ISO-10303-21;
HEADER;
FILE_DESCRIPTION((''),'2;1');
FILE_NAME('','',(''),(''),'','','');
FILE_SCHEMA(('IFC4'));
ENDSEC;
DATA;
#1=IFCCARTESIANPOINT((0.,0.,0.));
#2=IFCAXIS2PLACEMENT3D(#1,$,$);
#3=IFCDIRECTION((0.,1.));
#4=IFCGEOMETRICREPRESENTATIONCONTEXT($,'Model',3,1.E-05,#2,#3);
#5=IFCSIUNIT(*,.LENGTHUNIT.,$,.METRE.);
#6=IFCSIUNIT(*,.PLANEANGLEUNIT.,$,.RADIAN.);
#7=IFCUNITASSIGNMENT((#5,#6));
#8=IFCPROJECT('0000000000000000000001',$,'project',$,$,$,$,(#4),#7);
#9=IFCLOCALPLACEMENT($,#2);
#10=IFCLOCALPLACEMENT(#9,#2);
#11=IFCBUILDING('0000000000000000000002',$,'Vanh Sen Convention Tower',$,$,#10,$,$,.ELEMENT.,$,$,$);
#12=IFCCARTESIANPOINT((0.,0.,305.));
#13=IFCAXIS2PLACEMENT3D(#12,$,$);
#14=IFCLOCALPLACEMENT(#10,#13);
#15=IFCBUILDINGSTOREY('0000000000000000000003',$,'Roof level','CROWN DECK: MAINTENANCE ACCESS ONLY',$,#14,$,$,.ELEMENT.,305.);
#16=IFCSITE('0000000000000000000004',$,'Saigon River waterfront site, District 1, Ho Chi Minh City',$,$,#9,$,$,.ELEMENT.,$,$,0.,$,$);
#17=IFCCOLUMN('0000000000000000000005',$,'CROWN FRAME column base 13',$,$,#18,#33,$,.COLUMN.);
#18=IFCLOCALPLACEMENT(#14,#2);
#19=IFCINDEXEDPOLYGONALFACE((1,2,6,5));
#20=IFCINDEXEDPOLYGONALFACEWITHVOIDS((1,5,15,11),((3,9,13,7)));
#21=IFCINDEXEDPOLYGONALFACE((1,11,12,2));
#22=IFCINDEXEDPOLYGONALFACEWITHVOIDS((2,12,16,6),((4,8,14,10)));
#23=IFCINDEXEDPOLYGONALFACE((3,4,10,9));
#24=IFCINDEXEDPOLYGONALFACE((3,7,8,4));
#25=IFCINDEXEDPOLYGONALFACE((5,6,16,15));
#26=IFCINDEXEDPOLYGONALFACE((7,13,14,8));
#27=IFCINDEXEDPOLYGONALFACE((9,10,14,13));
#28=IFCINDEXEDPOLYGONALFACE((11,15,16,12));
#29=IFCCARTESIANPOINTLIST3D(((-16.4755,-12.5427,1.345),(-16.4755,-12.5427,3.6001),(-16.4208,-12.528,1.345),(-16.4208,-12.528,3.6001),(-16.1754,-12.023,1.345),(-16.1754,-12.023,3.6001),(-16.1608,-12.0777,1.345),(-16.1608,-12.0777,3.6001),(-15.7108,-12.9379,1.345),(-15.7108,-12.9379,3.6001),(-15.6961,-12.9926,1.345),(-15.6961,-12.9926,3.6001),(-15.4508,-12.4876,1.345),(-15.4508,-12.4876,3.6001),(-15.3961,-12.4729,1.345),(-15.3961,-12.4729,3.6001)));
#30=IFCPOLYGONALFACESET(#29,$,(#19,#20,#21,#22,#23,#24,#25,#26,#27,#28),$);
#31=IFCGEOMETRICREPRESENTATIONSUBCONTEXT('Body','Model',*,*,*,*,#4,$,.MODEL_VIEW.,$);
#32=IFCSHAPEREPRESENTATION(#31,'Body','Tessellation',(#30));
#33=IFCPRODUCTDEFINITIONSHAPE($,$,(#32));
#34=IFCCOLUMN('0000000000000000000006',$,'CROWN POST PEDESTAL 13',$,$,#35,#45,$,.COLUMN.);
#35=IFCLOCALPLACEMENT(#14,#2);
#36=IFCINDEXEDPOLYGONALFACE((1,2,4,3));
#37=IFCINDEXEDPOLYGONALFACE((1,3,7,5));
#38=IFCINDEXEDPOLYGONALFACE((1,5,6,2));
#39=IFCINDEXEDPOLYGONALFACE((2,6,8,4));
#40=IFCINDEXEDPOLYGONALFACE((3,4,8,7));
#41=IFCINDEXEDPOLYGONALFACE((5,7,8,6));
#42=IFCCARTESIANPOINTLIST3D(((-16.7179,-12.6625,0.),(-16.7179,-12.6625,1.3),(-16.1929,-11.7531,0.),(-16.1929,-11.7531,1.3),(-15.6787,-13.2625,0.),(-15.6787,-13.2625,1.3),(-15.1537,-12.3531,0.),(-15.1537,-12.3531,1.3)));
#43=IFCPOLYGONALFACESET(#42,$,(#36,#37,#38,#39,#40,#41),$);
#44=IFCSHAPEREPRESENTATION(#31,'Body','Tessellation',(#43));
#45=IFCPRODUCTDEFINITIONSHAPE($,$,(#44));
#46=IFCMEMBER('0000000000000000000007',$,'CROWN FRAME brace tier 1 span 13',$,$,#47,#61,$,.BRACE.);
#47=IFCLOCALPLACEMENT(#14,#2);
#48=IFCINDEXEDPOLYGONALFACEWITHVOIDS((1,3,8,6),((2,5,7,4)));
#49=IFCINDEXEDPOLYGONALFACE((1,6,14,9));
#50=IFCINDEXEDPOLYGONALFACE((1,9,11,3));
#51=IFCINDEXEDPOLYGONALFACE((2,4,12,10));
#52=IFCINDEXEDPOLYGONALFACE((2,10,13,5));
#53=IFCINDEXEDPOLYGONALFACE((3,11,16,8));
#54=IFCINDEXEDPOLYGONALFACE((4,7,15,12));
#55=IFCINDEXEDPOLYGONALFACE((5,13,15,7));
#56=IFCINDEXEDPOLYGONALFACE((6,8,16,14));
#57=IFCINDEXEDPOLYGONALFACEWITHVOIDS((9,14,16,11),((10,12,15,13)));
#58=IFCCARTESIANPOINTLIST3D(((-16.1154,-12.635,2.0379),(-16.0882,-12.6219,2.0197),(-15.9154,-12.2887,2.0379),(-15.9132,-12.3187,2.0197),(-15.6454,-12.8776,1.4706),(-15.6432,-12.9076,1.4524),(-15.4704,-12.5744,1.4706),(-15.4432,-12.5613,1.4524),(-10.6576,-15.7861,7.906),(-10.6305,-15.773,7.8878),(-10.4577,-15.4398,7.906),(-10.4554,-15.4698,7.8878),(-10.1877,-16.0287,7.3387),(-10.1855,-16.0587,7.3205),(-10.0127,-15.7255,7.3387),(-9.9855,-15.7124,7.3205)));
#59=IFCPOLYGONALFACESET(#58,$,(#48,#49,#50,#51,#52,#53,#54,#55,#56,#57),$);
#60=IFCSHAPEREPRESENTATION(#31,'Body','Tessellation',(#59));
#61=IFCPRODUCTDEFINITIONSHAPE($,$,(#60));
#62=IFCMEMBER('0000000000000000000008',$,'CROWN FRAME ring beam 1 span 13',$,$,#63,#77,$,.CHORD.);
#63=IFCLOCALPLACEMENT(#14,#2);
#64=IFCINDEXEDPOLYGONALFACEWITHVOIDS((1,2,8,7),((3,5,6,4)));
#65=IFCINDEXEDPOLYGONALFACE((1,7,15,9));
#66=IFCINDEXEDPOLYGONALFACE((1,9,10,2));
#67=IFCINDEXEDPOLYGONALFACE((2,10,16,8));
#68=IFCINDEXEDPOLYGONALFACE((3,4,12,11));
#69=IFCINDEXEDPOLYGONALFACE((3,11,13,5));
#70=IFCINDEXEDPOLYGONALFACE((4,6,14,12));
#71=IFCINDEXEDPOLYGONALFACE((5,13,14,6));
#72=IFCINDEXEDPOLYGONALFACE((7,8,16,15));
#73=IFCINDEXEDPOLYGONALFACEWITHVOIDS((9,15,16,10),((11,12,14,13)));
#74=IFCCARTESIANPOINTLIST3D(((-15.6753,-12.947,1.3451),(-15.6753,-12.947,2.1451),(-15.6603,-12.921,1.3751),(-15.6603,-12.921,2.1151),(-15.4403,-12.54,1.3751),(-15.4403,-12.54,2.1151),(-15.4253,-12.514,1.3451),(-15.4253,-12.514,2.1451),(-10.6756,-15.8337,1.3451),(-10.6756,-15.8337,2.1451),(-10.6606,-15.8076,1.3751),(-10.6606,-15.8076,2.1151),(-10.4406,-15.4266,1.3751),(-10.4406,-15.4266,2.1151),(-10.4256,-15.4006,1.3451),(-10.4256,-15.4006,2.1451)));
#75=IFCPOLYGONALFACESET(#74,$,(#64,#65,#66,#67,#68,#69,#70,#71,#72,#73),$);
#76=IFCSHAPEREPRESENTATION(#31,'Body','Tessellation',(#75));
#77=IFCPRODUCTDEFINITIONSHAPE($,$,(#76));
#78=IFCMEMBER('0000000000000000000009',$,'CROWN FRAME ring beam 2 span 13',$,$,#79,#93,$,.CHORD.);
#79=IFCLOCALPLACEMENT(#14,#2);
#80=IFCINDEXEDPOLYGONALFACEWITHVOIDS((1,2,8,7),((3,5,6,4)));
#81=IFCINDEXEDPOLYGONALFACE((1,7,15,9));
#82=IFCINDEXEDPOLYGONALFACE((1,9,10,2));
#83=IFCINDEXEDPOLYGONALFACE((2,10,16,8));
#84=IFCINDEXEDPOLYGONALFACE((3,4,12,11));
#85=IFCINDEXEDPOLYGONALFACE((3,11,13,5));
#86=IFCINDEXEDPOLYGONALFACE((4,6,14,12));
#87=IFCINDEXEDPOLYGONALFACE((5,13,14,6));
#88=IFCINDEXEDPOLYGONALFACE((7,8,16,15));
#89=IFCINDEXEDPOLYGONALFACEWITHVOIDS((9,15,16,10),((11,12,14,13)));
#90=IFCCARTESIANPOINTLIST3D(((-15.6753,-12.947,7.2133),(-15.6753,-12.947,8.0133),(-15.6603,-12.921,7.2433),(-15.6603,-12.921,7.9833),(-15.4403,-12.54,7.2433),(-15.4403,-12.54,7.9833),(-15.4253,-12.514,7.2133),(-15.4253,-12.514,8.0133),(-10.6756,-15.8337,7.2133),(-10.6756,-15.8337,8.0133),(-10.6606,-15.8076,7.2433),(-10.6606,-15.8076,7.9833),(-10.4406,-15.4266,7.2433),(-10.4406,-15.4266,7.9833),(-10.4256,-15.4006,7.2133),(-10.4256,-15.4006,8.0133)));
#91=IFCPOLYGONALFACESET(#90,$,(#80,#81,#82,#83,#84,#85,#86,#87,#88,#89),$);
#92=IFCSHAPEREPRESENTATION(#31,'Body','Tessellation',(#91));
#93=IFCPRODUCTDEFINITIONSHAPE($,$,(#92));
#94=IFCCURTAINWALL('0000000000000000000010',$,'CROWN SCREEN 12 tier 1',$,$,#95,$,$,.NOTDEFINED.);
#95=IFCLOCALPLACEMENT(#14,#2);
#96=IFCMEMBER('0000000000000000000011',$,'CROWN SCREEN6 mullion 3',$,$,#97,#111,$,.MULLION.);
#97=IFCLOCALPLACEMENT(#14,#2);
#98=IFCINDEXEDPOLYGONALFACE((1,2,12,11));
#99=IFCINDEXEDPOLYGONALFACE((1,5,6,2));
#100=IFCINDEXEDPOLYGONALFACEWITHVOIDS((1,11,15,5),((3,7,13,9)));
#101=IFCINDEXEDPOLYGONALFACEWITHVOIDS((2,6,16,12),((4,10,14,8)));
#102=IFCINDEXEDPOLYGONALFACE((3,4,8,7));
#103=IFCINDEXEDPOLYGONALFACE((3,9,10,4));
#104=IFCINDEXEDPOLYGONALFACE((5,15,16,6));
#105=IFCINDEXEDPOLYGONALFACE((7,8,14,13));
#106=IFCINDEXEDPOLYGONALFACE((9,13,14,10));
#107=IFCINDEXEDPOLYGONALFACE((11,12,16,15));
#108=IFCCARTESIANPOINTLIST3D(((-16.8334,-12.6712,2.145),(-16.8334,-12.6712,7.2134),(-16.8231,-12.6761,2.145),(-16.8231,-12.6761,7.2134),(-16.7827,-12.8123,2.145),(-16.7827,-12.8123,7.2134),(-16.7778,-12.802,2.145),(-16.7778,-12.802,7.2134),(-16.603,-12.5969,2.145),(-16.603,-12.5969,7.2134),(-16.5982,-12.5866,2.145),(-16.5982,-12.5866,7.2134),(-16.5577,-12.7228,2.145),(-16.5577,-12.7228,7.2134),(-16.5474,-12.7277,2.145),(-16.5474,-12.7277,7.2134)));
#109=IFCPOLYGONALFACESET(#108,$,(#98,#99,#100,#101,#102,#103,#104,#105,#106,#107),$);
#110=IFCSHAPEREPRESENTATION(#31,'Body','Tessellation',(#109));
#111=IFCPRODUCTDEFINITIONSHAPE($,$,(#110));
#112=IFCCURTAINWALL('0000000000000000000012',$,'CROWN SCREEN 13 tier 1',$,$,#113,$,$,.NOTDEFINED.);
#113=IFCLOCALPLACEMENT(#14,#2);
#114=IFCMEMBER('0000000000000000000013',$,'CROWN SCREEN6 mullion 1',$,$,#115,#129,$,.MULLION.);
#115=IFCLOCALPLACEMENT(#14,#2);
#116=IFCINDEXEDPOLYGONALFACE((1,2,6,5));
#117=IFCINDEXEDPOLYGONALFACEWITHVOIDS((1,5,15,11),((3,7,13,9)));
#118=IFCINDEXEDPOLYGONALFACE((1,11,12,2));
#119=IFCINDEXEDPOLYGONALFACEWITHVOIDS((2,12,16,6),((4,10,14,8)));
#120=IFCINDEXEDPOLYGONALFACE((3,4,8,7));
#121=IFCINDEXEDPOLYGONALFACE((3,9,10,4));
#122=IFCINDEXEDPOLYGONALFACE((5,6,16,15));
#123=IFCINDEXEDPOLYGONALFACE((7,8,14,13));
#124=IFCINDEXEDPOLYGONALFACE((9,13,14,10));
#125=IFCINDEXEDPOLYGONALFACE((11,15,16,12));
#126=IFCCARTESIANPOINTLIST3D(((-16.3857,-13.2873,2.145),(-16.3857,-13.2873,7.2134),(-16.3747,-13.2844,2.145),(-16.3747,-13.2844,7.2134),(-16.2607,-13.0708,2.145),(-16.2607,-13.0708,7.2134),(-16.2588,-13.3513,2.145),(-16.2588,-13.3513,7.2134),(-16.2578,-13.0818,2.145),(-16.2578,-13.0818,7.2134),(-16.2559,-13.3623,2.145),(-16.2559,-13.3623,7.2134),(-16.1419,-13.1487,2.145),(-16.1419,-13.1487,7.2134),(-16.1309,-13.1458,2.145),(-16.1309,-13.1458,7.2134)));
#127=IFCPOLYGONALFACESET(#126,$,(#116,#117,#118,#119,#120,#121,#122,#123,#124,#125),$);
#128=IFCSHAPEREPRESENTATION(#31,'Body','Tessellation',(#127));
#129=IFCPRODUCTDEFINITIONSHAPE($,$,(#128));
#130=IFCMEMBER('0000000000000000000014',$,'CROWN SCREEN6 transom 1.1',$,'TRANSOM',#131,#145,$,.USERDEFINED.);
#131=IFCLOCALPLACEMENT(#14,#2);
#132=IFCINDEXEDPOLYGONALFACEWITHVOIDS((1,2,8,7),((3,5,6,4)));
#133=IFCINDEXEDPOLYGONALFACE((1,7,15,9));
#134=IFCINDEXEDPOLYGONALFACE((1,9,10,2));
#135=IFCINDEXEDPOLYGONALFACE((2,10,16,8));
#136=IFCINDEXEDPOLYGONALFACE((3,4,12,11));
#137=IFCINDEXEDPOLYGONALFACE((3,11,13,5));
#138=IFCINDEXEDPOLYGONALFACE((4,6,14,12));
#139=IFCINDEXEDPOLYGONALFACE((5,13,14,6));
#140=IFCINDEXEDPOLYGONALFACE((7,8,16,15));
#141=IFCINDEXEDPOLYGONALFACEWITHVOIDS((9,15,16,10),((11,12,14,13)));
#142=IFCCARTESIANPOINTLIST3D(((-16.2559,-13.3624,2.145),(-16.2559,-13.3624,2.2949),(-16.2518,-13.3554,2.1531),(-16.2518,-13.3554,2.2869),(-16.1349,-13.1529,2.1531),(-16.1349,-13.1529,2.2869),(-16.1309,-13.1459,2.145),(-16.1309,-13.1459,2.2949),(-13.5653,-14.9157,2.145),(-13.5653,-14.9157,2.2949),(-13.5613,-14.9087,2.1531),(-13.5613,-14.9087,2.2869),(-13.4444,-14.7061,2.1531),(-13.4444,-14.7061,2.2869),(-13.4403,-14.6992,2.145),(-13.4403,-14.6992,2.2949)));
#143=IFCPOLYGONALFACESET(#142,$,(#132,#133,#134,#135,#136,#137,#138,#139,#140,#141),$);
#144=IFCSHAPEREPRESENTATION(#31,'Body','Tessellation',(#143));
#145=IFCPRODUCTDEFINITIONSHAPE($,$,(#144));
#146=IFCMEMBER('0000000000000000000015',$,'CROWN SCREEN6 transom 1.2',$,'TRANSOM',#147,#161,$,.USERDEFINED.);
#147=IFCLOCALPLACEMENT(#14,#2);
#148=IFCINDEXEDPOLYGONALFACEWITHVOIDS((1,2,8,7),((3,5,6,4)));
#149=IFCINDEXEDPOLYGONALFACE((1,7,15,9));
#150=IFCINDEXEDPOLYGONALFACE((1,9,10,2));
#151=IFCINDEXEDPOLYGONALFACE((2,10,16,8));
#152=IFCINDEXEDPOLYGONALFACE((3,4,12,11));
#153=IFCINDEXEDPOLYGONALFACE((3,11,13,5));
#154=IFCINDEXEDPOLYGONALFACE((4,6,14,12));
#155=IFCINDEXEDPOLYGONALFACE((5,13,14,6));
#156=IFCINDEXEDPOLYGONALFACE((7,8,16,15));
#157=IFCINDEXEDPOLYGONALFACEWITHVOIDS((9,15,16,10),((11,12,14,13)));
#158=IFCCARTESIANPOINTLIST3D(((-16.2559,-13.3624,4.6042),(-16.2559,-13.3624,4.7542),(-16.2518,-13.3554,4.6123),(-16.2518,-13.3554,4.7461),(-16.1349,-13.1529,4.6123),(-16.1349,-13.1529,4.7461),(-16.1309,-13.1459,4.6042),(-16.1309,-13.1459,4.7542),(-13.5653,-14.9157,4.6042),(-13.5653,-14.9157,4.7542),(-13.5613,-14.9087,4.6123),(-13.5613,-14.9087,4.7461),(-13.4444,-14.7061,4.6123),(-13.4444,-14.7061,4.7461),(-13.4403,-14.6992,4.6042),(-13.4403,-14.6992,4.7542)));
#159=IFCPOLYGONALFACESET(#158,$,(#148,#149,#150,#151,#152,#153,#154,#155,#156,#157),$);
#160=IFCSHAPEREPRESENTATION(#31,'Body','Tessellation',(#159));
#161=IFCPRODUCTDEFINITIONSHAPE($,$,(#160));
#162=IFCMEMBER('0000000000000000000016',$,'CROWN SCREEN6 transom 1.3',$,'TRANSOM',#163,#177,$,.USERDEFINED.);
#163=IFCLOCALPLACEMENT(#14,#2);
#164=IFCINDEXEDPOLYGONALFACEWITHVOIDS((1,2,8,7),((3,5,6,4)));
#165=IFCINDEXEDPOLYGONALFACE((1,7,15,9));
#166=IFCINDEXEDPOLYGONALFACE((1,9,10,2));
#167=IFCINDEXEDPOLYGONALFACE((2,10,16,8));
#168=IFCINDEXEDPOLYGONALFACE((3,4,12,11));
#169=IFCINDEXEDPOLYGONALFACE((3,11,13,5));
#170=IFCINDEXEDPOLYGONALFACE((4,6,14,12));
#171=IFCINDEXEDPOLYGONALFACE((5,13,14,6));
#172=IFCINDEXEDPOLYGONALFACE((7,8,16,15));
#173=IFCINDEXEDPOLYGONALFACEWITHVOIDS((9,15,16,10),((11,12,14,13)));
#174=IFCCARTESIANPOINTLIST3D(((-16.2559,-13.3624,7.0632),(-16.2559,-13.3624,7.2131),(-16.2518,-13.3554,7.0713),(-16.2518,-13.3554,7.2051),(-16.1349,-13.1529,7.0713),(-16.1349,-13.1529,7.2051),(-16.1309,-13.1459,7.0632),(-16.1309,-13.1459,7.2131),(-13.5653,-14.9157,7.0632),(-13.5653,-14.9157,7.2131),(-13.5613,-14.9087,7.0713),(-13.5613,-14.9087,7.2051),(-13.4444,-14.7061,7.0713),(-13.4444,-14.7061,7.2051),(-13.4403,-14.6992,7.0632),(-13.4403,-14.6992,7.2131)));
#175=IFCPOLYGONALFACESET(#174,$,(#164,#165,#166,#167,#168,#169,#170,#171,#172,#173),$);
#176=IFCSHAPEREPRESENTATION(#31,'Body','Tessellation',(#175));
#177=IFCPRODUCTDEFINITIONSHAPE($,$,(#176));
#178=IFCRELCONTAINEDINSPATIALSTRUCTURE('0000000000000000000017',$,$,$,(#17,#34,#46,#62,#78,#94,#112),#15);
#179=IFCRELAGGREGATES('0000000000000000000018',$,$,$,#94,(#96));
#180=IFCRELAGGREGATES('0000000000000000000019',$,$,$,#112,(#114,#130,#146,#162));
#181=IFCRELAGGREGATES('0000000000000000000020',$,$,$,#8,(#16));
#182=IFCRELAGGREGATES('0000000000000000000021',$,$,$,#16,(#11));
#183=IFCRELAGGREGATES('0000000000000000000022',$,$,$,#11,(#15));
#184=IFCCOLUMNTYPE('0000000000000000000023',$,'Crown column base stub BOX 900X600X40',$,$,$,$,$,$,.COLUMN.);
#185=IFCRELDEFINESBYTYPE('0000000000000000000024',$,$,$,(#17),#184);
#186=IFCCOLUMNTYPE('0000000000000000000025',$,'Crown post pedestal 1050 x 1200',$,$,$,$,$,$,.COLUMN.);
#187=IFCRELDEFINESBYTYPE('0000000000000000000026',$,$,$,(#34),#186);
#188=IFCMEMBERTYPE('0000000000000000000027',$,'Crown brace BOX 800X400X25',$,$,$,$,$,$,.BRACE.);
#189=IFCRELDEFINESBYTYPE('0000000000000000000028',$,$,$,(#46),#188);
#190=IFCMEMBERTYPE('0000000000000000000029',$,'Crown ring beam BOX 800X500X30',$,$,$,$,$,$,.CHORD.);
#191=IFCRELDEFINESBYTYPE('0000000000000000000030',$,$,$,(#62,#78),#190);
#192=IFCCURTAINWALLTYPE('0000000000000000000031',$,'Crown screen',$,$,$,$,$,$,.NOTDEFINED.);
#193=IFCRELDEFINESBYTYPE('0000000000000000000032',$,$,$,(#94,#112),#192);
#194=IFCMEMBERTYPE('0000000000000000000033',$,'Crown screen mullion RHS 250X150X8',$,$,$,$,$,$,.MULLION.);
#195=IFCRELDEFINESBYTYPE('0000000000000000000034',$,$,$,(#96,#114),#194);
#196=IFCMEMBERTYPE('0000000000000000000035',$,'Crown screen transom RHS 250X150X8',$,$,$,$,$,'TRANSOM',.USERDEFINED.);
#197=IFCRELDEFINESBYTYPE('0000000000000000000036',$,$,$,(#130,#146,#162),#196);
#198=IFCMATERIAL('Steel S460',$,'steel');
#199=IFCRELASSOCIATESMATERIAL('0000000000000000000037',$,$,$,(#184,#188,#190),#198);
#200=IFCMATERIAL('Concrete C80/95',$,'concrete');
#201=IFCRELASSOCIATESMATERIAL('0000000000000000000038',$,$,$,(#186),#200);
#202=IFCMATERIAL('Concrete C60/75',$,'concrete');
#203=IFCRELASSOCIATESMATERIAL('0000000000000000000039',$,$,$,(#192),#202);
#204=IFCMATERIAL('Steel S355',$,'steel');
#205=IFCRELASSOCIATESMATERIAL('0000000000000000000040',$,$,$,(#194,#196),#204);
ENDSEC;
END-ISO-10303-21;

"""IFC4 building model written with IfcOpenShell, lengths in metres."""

from ifc_helpers import new_model, si_unit, direction, frame, origin, origin_2d, place, context, subcontext, project, spatial, rectangle, hollow_rectangle, extrude, material, material_profile, profile_set, type_object, element, aggregate, save


model = new_model("IFC4")

# Units and contexts
model_context = context("Model", 3, precision=1e-05, world=origin(), true_north=direction((0.0, 1.0)))
body_context = subcontext(model_context, "Body", "Model", "MODEL_VIEW")
ifc_project = project(units=[si_unit("LENGTHUNIT", "METRE"), si_unit("PLANEANGLEUNIT", "RADIAN")], contexts=[model_context])

# Site, building, storey
site_placement = place(None, origin())
site = spatial("IfcSite", under=ifc_project, at=site_placement, Name="Saigon River waterfront site, District 1, Ho Chi Minh City", CompositionType="ELEMENT", RefElevation=0.0)
building_placement = place(site_placement, origin())
building = spatial("IfcBuilding", under=site, at=building_placement, Name="Vanh Sen Convention Tower", CompositionType="ELEMENT")
storey_placement = place(building_placement, frame((0.0, 0.0, 305.0)))
storey = spatial("IfcBuildingStorey", under=building, at=storey_placement, Name="Roof level", Description="CROWN DECK: MAINTENANCE ACCESS ONLY", CompositionType="ELEMENT", Elevation=305.0)

# Columns
ifc_material_1 = material(Name="Steel S460", Category="steel")
ifc_material_profile_1 = material_profile(ifc_material_1, hollow_rectangle(XDim=0.6001, YDim=0.8999, WallThickness=0.04, at=origin_2d()), Name="BOX 900X600X40")
ifc_profile_set_1 = profile_set([ifc_material_profile_1], Name="Steel S460")
column_type_1 = type_object("IfcColumnType", Name="Crown column base stub BOX 900X600X40", PredefinedType="COLUMN", material=ifc_profile_set_1)
column_1_placement = place(storey_placement, frame((-15.9358, -12.5078, 1.345), z_axis=(0.0, 0.0, 1.0), x_axis=(0.5, 0.866025, 0.0)))
element("IfcColumn", 1, at=column_1_placement, inside=storey, type_object=column_type_1, Name="CROWN FRAME column base 13", PredefinedType="COLUMN", context=body_context, shape_type="SweptSolid", body=[
    extrude(hollow_rectangle(XDim=0.6001, YDim=0.8999, WallThickness=0.04, at=origin_2d()), origin(), (0.0, 0.0, 1.0), 2.2551),
])
ifc_material_2 = material(Name="Concrete C80/95", Category="concrete")
ifc_material_profile_2 = material_profile(ifc_material_2, rectangle(XDim=1.05, YDim=1.2, at=origin_2d()), Name="RC 1050X1200")
ifc_profile_set_2 = profile_set([ifc_material_profile_2], Name="Concrete C80/95")
column_type_2 = type_object("IfcColumnType", Name="Crown post pedestal 1050 x 1200", PredefinedType="COLUMN", material=ifc_profile_set_2)
column_2_placement = place(storey_placement, frame((-15.9358, -12.5078, 0.0), z_axis=(0.0, 0.0, 1.0), x_axis=(0.5, 0.866025, 0.0)))
element("IfcColumn", 2, at=column_2_placement, inside=storey, type_object=column_type_2, Name="CROWN POST PEDESTAL 13", PredefinedType="COLUMN", context=body_context, shape_type="SweptSolid", body=[
    extrude(rectangle(XDim=1.05, YDim=1.2, at=origin_2d()), origin(), (0.0, 0.0, 1.0), 1.3),
])

# Members
ifc_material_profile_3 = material_profile(ifc_material_1, hollow_rectangle(XDim=0.3999, YDim=0.8, WallThickness=0.0249, at=origin_2d()), Name="BOX 800X400X25")
ifc_profile_set_3 = profile_set([ifc_material_profile_3], Name="Steel S460")
member_type_1 = type_object("IfcMemberType", Name="Crown brace BOX 800X400X25", PredefinedType="BRACE", material=ifc_profile_set_3)
member_1_placement = place(storey_placement, frame((-15.7793, -12.5981, 1.7451), z_axis=(0.633801, -0.365935, 0.68146), x_axis=(0.50001, 0.86602, 0.0)))
element("IfcMember", 3, at=member_1_placement, inside=storey, type_object=member_type_1, Name="CROWN FRAME brace tier 1 span 13", PredefinedType="BRACE", context=body_context, shape_type="SweptSolid", body=[
    extrude(hollow_rectangle(XDim=0.3999, YDim=0.8, WallThickness=0.0249, at=origin_2d()), origin(), (0.0, 0.0, 1.0), 8.6111),
])
ifc_material_profile_4 = material_profile(ifc_material_1, hollow_rectangle(XDim=0.5, YDim=0.8, WallThickness=0.03, at=origin_2d()), Name="BOX 800X500X30")
ifc_profile_set_4 = profile_set([ifc_material_profile_4], Name="Steel S460")
member_type_2 = type_object("IfcMemberType", Name="Crown ring beam BOX 800X500X30", PredefinedType="CHORD", material=ifc_profile_set_4)
for number, where, z_axis, x_axis, name in (
    (4, (-15.5503, -12.7305, 1.7451), (0.866017, -0.500014, 0.0), (0.500014, 0.866017, 0.0), "CROWN FRAME ring beam 1 span 13"),
    (5, (-15.5503, -12.7305, 7.6133), (0.866017, -0.500014, 0.0), (0.500014, 0.866017, 0.0), "CROWN FRAME ring beam 2 span 13"),
):
    element("IfcMember", number, at=place(storey_placement, frame(where, z_axis=z_axis, x_axis=x_axis)), inside=storey, type_object=member_type_2, Name=name, PredefinedType="CHORD", context=body_context, shape_type="SweptSolid", body=[
        extrude(hollow_rectangle(XDim=0.5, YDim=0.8, WallThickness=0.03, at=origin_2d()), origin(), (0.0, 0.0, 1.0), 5.7732),
    ])

# Curtain wall, member
ifc_material_3 = material(Name="Concrete C60/75", Category="concrete")
curtain_wall_type = type_object("IfcCurtainWallType", Name="Crown screen", PredefinedType="NOTDEFINED", material=ifc_material_3)
curtain_wall_1_placement = place(storey_placement, origin())
curtain_wall_1 = element("IfcCurtainWall", 6, at=curtain_wall_1_placement, inside=storey, type_object=curtain_wall_type, Name="CROWN SCREEN 12 tier 1", PredefinedType="NOTDEFINED")
ifc_material_4 = material(Name="Steel S355", Category="steel")
ifc_material_profile_5 = material_profile(ifc_material_4, hollow_rectangle(XDim=0.25, YDim=0.1499, WallThickness=0.0081, at=origin_2d()), Name="RHS 250X150X8")
ifc_profile_set_5 = profile_set([ifc_material_profile_5], Name="Steel S355")
member_type_3 = type_object("IfcMemberType", Name="Crown screen mullion RHS 250X150X8", PredefinedType="MULLION", material=ifc_profile_set_5)
member_2_placement = place(storey_placement, frame((-16.6904, -12.6995, 2.145), z_axis=(0.0, 0.0, 1.0), x_axis=(0.941021, 0.338349, 0.0)))
member_2 = element("IfcMember", 7, at=member_2_placement, type_object=member_type_3, Name="CROWN SCREEN6 mullion 3", PredefinedType="MULLION", context=body_context, shape_type="SweptSolid", body=[
    extrude(hollow_rectangle(XDim=0.25, YDim=0.1499, WallThickness=0.0081, at=origin_2d()), origin(), (0.0, 0.0, 1.0), 5.0684),
])
aggregate(curtain_wall_1, [member_2])

# Curtain wall, members
curtain_wall_2_placement = place(storey_placement, origin())
curtain_wall_2 = element("IfcCurtainWall", 8, at=curtain_wall_2_placement, inside=storey, type_object=curtain_wall_type, Name="CROWN SCREEN 13 tier 1", PredefinedType="NOTDEFINED")
member_3_placement = place(storey_placement, frame((-16.2583, -13.2166, 2.145), z_axis=(0.0, 0.0, 1.0), x_axis=(0.500005, 0.866023, 0.0)))
member_3 = element("IfcMember", 9, at=member_3_placement, type_object=member_type_3, Name="CROWN SCREEN6 mullion 1", PredefinedType="MULLION", context=body_context, shape_type="SweptSolid", body=[
    extrude(hollow_rectangle(XDim=0.25, YDim=0.1499, WallThickness=0.0081, at=origin_2d()), origin(), (0.0, 0.0, 1.0), 5.0684),
])
ifc_material_profile_6 = material_profile(ifc_material_4, hollow_rectangle(XDim=0.25, YDim=0.1499, WallThickness=0.0081, at=origin_2d()), Name="RHS 250X150X8")
ifc_profile_set_6 = profile_set([ifc_material_profile_6], Name="Steel S355")
member_type_4 = type_object("IfcMemberType", Name="Crown screen transom RHS 250X150X8", ElementType="TRANSOM", PredefinedType="USERDEFINED", material=ifc_profile_set_6)
member_4_placement = place(storey_placement, frame((-16.1934, -13.2542, 2.22), z_axis=(0.866039, -0.499976, 0.0), x_axis=(0.499976, 0.866039, 0.0)))
member_4 = element("IfcMember", 10, at=member_4_placement, type_object=member_type_4, Name="CROWN SCREEN6 transom 1.1", ObjectType="TRANSOM", PredefinedType="USERDEFINED", context=body_context, shape_type="SweptSolid", body=[
    extrude(hollow_rectangle(XDim=0.25, YDim=0.1499, WallThickness=0.0081, at=origin_2d()), origin(), (0.0, 0.0, 1.0), 3.1067),
])
member_5_placement = place(storey_placement, frame((-16.1934, -13.2542, 4.6792), z_axis=(0.866039, -0.499976, 0.0), x_axis=(0.499976, 0.866039, 0.0)))
member_5 = element("IfcMember", 11, at=member_5_placement, type_object=member_type_4, Name="CROWN SCREEN6 transom 1.2", ObjectType="TRANSOM", PredefinedType="USERDEFINED", context=body_context, shape_type="SweptSolid", body=[
    extrude(hollow_rectangle(XDim=0.25, YDim=0.1499, WallThickness=0.0081, at=origin_2d()), origin(), (0.0, 0.0, 1.0), 3.1067),
])
member_6_placement = place(storey_placement, frame((-16.1934, -13.2542, 7.1382), z_axis=(0.866039, -0.499976, 0.0), x_axis=(0.499976, 0.866039, 0.0)))
member_6 = element("IfcMember", 12, at=member_6_placement, type_object=member_type_4, Name="CROWN SCREEN6 transom 1.3", ObjectType="TRANSOM", PredefinedType="USERDEFINED", context=body_context, shape_type="SweptSolid", body=[
    extrude(hollow_rectangle(XDim=0.25, YDim=0.1499, WallThickness=0.0081, at=origin_2d()), origin(), (0.0, 0.0, 1.0), 3.1067),
])
aggregate(curtain_wall_2, [member_3, member_4, member_5, member_6])

save(model, "model.ifc")
